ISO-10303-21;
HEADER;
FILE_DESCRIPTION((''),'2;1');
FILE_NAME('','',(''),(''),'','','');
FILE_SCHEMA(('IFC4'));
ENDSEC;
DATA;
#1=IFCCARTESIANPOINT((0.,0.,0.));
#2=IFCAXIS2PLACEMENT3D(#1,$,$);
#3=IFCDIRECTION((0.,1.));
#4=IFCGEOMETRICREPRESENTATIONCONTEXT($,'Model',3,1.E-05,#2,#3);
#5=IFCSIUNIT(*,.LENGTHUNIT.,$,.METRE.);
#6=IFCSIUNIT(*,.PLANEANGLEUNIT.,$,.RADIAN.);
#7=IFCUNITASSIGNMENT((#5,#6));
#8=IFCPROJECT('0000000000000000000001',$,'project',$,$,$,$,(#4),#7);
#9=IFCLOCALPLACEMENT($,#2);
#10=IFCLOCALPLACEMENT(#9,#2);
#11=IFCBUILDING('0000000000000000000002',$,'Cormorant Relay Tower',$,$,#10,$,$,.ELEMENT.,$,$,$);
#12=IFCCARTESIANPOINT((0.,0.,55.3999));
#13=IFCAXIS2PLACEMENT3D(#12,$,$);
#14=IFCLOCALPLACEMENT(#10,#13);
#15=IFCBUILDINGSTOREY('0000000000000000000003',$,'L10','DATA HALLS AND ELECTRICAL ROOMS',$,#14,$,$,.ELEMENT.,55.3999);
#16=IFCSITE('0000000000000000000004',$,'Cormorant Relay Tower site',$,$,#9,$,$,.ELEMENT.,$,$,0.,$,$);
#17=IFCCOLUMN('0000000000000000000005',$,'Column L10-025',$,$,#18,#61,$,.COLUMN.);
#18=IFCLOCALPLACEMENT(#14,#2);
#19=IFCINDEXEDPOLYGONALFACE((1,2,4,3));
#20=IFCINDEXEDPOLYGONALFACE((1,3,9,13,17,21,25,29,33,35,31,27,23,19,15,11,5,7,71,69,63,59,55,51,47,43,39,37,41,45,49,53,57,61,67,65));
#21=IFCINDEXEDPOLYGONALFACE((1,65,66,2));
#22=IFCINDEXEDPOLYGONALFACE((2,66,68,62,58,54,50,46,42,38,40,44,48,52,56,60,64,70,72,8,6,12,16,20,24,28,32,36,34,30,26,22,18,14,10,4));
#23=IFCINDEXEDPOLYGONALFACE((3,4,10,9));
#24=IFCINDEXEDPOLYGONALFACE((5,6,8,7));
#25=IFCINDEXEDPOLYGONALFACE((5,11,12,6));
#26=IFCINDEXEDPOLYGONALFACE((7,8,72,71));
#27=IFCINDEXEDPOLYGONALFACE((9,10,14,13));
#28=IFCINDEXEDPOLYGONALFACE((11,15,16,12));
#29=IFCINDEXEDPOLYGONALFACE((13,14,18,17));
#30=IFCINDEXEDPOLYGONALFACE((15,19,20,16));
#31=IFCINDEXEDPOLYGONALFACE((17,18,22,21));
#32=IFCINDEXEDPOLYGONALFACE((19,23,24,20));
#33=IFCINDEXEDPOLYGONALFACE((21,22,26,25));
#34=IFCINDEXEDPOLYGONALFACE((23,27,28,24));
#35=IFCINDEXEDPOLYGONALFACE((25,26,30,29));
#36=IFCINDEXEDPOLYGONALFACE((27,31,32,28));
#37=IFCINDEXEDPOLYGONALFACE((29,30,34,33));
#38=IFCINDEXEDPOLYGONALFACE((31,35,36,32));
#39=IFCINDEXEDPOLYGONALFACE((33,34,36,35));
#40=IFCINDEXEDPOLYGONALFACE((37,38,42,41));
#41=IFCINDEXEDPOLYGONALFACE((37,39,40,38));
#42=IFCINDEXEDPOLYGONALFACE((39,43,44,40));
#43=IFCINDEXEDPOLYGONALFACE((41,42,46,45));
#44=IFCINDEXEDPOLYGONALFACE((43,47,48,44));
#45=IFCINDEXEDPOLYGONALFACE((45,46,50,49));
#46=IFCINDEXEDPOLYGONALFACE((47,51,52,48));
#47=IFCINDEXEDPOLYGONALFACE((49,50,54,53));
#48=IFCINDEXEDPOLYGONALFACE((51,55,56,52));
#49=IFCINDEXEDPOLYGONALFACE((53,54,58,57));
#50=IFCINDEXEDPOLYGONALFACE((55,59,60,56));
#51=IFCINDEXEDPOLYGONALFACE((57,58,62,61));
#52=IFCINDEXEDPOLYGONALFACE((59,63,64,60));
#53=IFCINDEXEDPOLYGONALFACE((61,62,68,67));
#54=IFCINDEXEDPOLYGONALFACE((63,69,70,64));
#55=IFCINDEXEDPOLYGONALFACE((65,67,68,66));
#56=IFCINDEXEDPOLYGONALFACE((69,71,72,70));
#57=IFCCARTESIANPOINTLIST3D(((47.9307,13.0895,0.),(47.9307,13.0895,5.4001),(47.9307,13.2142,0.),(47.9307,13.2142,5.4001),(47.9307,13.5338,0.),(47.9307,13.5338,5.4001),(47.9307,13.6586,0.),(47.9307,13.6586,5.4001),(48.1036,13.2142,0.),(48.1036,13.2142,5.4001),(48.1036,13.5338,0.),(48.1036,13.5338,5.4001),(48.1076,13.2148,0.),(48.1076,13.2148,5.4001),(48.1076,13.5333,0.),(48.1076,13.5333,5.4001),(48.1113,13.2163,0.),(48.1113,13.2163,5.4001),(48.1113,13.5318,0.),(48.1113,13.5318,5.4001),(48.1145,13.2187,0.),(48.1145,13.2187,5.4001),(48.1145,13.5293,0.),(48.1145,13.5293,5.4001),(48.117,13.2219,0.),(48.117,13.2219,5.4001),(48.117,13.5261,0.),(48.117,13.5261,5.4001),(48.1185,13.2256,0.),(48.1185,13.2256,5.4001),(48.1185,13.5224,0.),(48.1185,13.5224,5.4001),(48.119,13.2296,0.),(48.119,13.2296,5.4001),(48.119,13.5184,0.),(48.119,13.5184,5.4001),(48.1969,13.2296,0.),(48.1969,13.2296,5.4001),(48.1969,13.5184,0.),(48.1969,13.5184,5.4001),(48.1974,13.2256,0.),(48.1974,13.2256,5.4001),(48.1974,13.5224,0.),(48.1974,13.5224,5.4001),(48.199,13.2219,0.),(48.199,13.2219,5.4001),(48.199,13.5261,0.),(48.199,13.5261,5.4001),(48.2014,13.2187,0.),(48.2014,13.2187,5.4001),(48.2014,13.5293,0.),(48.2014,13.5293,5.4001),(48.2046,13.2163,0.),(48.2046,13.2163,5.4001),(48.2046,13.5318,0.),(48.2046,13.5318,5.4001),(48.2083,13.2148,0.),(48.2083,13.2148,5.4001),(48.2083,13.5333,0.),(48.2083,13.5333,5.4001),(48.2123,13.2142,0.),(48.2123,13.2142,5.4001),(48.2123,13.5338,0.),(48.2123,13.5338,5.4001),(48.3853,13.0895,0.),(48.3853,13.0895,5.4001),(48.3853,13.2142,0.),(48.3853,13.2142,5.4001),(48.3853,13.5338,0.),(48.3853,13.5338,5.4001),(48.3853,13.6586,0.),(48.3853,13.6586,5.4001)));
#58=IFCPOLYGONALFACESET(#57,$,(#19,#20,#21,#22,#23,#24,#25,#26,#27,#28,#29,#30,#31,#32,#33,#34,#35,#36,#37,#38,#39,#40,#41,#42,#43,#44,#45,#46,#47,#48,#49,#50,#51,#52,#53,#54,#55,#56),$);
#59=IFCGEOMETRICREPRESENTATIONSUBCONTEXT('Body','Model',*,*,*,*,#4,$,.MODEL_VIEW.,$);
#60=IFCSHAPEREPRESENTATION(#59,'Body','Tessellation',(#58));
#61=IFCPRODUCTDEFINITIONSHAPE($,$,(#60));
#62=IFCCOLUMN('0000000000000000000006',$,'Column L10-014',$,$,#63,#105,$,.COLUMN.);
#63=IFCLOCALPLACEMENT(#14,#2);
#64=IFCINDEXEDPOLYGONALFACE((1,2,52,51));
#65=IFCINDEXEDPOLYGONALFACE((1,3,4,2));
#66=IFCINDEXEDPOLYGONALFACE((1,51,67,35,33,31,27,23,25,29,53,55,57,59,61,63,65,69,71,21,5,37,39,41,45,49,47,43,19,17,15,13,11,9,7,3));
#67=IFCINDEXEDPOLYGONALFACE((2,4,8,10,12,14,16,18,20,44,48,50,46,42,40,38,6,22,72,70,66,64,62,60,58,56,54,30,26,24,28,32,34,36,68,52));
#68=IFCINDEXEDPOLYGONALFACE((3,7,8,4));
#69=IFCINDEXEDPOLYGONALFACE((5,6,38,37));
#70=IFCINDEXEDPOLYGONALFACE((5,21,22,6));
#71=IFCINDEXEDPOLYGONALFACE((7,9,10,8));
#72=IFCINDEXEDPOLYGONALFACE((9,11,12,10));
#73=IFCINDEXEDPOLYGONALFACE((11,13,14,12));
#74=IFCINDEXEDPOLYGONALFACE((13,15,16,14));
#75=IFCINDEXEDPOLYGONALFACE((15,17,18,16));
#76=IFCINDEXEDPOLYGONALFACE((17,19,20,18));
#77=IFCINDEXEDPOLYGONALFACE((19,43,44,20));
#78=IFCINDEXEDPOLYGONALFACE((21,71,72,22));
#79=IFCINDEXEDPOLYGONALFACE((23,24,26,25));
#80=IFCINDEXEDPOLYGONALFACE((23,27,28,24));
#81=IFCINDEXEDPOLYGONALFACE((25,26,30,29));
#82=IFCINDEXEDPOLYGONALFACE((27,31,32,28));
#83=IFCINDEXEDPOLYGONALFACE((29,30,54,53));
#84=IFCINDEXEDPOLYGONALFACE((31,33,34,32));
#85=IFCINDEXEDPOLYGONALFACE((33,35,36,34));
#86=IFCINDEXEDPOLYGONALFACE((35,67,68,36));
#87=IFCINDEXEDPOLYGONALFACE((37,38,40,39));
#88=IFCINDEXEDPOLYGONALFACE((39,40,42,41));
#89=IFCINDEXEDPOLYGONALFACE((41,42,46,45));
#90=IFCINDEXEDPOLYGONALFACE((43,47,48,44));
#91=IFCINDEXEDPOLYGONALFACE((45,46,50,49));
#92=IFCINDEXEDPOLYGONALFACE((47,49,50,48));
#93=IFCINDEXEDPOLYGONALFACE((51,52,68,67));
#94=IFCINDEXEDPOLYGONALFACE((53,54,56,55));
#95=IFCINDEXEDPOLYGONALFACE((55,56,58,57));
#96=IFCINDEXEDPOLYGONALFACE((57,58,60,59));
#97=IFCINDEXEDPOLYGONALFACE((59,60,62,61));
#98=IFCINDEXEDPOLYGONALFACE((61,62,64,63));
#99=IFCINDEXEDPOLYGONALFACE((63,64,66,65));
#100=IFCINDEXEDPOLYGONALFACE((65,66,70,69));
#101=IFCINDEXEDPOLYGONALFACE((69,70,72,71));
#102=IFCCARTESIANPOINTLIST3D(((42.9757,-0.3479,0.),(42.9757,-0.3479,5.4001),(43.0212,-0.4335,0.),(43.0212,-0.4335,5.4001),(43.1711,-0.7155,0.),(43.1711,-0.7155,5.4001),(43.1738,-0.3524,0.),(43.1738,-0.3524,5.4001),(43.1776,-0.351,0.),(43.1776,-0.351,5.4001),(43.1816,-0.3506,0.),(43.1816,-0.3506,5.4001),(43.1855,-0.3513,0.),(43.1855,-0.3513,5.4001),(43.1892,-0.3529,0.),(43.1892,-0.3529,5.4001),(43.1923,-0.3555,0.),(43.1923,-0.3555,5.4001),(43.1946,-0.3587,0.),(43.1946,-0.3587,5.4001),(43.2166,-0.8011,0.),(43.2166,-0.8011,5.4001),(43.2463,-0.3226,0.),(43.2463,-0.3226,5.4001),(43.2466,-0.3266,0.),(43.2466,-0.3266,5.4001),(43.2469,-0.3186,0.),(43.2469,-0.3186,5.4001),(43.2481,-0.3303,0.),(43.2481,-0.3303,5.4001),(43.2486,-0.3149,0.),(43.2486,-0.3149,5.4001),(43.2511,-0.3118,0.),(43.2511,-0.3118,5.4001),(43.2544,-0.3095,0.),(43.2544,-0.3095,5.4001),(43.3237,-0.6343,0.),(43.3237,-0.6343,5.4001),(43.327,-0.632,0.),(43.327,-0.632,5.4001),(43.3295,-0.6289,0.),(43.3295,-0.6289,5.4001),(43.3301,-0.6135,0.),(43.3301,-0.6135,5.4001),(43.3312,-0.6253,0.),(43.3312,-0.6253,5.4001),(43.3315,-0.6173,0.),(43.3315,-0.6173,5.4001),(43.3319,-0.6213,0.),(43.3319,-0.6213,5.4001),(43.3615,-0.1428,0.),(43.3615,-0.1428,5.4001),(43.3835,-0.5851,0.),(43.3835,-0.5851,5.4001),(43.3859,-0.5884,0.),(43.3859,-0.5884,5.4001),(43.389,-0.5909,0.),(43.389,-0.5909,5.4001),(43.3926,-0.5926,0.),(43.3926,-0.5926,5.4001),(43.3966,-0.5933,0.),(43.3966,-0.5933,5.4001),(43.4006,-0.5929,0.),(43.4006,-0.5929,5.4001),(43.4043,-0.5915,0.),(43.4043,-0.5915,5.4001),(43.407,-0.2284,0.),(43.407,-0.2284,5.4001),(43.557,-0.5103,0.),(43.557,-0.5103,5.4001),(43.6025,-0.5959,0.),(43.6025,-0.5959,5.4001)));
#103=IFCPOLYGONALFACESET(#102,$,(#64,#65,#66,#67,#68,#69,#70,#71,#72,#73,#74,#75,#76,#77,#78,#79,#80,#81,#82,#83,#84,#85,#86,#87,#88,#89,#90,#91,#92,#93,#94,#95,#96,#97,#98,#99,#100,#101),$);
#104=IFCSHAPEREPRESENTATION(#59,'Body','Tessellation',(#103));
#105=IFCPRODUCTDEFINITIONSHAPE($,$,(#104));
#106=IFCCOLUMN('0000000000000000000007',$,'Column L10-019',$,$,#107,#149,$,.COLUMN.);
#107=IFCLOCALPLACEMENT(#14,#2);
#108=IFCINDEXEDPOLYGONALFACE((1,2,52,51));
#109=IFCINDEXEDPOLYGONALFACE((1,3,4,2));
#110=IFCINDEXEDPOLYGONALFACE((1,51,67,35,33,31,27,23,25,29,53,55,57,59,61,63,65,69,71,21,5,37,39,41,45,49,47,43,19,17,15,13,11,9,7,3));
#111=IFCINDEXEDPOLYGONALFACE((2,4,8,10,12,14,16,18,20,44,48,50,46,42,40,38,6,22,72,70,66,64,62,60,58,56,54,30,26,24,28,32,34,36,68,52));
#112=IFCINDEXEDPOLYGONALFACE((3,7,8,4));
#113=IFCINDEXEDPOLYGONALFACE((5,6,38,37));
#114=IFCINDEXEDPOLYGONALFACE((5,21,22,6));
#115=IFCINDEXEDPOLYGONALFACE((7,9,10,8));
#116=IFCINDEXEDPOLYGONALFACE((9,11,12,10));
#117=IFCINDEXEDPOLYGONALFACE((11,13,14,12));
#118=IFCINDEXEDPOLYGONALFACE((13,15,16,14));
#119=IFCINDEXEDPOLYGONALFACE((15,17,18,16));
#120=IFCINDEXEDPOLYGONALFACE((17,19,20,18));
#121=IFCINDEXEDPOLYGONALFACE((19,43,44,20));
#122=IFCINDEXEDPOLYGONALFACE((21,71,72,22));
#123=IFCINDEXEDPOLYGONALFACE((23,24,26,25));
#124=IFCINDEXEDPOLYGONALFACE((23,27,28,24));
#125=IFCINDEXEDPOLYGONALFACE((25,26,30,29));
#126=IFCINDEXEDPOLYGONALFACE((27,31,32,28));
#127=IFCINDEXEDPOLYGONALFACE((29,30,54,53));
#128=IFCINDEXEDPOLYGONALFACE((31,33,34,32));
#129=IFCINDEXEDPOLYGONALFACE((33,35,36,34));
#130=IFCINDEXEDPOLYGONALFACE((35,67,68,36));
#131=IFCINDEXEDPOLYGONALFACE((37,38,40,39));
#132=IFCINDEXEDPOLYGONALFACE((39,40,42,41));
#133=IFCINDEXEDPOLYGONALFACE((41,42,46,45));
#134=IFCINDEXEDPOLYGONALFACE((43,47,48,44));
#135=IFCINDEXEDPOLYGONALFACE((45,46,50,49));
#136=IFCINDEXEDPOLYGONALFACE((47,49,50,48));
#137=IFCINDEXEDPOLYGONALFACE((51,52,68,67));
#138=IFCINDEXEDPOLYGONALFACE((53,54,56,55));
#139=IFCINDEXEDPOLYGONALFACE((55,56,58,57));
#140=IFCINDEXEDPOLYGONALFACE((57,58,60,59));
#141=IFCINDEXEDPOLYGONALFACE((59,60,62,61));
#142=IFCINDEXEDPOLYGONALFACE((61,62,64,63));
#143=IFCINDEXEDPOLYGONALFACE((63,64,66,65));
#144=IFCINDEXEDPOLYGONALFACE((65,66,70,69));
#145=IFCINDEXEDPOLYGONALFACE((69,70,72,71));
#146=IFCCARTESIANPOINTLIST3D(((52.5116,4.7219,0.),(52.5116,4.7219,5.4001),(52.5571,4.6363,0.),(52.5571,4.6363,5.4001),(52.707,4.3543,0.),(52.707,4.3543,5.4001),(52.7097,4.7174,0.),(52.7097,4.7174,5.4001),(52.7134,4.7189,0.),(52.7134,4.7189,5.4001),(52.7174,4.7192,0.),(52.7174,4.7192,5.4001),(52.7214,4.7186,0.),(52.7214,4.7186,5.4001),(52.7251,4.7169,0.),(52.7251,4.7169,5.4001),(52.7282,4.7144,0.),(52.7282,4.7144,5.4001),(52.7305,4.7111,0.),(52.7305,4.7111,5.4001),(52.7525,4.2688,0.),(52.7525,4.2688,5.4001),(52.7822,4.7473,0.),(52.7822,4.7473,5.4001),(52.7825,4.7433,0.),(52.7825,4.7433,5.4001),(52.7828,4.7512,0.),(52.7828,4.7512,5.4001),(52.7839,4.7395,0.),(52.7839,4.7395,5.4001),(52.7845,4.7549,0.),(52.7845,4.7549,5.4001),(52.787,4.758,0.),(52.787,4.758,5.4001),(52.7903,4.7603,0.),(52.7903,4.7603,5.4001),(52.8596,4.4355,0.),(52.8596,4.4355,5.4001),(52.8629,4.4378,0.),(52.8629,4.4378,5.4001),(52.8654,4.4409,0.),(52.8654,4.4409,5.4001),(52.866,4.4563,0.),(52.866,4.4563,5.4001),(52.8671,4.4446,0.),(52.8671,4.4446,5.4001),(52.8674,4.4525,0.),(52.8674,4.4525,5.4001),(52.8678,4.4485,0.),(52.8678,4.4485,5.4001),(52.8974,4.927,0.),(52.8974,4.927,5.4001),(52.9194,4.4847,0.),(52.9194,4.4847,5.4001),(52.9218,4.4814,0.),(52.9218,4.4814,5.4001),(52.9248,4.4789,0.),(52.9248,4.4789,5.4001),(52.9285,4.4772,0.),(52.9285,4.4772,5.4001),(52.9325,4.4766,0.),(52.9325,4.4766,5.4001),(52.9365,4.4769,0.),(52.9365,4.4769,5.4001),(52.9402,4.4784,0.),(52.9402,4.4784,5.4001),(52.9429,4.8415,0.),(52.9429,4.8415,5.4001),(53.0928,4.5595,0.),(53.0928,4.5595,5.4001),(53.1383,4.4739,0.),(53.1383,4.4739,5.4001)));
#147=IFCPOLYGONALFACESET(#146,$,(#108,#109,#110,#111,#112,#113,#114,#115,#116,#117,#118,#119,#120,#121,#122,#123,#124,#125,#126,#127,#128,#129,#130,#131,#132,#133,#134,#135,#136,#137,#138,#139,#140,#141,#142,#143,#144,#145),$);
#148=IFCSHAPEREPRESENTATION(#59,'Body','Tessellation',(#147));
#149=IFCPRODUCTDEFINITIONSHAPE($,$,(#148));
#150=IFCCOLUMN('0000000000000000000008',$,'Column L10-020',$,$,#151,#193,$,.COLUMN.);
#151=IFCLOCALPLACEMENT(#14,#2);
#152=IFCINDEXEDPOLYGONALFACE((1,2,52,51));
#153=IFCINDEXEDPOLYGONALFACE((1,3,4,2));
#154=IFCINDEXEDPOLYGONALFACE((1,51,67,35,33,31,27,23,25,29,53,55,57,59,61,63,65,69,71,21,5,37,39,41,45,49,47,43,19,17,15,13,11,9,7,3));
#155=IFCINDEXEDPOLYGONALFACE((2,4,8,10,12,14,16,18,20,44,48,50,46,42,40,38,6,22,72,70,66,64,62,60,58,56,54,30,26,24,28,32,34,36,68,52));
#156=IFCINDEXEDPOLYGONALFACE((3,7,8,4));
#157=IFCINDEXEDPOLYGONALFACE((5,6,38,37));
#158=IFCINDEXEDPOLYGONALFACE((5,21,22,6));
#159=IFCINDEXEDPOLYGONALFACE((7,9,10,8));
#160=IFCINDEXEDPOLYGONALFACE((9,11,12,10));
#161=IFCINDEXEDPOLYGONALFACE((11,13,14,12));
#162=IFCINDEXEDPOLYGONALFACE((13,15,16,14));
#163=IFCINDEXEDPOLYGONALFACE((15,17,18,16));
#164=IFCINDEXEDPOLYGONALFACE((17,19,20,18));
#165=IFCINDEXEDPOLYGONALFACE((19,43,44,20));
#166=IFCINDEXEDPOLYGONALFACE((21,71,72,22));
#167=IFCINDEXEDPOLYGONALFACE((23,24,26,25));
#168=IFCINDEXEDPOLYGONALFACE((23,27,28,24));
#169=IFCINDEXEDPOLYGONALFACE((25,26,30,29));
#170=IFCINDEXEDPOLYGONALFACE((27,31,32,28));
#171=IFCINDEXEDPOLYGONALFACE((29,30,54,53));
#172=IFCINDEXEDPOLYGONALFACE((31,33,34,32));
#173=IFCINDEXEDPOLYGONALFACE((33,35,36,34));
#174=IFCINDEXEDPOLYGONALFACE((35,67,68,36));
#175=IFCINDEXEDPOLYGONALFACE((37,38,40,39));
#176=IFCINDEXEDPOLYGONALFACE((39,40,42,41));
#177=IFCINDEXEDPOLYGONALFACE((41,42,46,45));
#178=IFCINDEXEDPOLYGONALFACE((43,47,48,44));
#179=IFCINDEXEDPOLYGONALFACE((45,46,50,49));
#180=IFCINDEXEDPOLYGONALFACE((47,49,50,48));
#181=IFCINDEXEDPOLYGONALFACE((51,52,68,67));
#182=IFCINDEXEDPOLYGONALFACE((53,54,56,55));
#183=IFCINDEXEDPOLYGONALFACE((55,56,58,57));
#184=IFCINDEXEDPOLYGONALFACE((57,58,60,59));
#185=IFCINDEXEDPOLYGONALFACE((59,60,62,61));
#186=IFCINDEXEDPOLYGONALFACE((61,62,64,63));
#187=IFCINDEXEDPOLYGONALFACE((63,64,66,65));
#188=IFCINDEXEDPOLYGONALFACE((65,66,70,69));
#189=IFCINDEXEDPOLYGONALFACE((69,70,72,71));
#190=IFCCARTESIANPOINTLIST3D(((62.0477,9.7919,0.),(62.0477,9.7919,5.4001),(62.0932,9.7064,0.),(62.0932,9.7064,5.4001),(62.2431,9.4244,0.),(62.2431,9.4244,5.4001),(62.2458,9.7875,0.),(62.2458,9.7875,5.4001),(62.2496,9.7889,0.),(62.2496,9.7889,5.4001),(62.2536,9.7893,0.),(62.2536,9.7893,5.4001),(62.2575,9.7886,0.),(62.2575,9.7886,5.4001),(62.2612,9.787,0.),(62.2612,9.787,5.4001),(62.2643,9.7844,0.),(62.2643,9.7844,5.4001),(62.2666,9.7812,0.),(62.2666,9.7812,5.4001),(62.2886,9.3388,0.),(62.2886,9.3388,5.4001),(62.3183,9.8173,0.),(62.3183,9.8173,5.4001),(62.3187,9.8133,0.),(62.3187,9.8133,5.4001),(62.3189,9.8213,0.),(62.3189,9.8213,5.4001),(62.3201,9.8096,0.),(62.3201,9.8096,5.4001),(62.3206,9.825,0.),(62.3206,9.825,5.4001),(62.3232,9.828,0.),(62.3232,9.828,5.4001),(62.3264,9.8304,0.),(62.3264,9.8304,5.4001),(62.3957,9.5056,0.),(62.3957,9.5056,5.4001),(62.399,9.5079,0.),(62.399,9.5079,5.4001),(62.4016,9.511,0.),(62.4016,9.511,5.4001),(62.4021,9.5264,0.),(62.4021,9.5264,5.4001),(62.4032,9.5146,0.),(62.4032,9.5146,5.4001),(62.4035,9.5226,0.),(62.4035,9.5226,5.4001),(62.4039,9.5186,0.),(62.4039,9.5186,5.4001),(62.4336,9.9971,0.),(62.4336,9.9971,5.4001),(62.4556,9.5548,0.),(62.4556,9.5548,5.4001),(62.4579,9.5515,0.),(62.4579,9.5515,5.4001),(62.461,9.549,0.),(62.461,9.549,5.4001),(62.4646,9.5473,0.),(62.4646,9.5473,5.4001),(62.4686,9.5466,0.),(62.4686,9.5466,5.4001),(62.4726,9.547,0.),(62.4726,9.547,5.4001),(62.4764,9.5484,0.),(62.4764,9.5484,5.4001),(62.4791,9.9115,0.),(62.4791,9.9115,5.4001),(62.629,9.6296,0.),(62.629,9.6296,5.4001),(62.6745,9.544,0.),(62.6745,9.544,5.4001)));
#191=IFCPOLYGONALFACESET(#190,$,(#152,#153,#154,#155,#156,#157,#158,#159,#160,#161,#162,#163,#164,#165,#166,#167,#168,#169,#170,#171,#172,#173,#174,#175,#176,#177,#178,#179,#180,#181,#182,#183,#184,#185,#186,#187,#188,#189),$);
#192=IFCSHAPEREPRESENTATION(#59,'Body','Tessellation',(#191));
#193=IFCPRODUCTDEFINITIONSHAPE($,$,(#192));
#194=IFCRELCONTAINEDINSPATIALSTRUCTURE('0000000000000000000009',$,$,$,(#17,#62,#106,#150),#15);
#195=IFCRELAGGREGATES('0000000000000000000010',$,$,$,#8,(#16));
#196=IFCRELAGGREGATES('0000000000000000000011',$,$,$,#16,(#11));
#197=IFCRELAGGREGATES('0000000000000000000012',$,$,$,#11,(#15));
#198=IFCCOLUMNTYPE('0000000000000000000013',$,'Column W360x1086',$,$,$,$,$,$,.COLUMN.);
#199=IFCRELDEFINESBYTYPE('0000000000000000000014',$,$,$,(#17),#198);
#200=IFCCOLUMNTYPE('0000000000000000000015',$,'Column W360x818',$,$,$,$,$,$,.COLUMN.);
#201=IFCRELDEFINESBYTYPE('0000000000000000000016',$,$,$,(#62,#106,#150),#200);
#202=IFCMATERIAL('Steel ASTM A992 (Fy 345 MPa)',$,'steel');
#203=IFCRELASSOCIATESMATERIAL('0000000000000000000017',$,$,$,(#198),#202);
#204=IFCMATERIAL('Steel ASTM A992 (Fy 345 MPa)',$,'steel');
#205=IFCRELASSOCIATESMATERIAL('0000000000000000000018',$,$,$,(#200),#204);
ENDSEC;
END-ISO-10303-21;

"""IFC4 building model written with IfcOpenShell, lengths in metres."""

from ifc_helpers import new_model, si_unit, direction, frame, origin, origin_2d, place, context, subcontext, project, spatial, i_section, extrude, material, material_profile, profile_set, type_object, element, save


model = new_model("IFC4")

# Units and contexts
model_context = context("Model", 3, precision=1e-05, world=origin(), true_north=direction((0.0, 1.0)))
body_context = subcontext(model_context, "Body", "Model", "MODEL_VIEW")
ifc_project = project(units=[si_unit("LENGTHUNIT", "METRE"), si_unit("PLANEANGLEUNIT", "RADIAN")], contexts=[model_context])

# Site, building, storey
site_placement = place(None, origin())
site = spatial("IfcSite", under=ifc_project, at=site_placement, Name="Cormorant Relay Tower site", CompositionType="ELEMENT", RefElevation=0.0)
building_placement = place(site_placement, origin())
building = spatial("IfcBuilding", under=site, at=building_placement, Name="Cormorant Relay Tower", CompositionType="ELEMENT")
storey_placement = place(building_placement, frame((0.0, 0.0, 55.3999)))
storey = spatial("IfcBuildingStorey", under=building, at=storey_placement, Name="L10", Description="DATA HALLS AND ELECTRICAL ROOMS", CompositionType="ELEMENT", Elevation=55.3999)

# Columns
ifc_material_1 = material(Name="Steel ASTM A992 (Fy 345 MPa)", Category="steel")
ifc_material_profile_1 = material_profile(ifc_material_1, i_section(OverallWidth=0.4546, OverallDepth=0.5691, WebThickness=0.0779, FlangeThickness=0.1248, FilletRadius=0.0154, at=origin_2d()), Name="W360x1086")
ifc_profile_set_1 = profile_set([ifc_material_profile_1], Name="Steel ASTM A992 (Fy 345 MPa)")
column_type_1 = type_object("IfcColumnType", Name="Column W360x1086", PredefinedType="COLUMN", material=ifc_profile_set_1)
column_placement = place(storey_placement, frame((48.158, 13.374, 0.0), z_axis=(0.0, 0.0, 1.0), x_axis=(1.0, 0.0, 0.0)))
element("IfcColumn", 1, at=column_placement, inside=storey, type_object=column_type_1, Name="Column L10-025", PredefinedType="COLUMN", context=body_context, shape_type="SweptSolid", body=[
    extrude(i_section(OverallWidth=0.4546, OverallDepth=0.5691, WebThickness=0.0779, FlangeThickness=0.1248, FilletRadius=0.0154, at=origin_2d()), origin(), (0.0, 0.0, 1.0), 5.4001),
])
ifc_material_2 = material(Name="Steel ASTM A992 (Fy 345 MPa)", Category="steel")
ifc_material_profile_2 = material_profile(ifc_material_2, i_section(OverallWidth=0.437, OverallDepth=0.5132, WebThickness=0.0605, FlangeThickness=0.0969, FilletRadius=0.0154, at=origin_2d()), Name="W360x818")
ifc_profile_set_2 = profile_set([ifc_material_profile_2], Name="Steel ASTM A992 (Fy 345 MPa)")
column_type_2 = type_object("IfcColumnType", Name="Column W360x818", PredefinedType="COLUMN", material=ifc_profile_set_2)
for number, where, z_axis, x_axis, name in (
    (2, (43.2891, -0.4719, 0.0), (0.0, 0.0, 1.0), (0.882948, 0.469472, 0.0), "Column L10-014"),
    (3, (52.825, 4.5979, 0.0), (0.0, 0.0, 1.0), (0.882948, 0.469472, 0.0), "Column L10-019"),
    (4, (62.3611, 9.668, 0.0), (0.0, 0.0, 1.0), (0.882948, 0.469472, 0.0), "Column L10-020"),
):
    element("IfcColumn", number, at=place(storey_placement, frame(where, z_axis=z_axis, x_axis=x_axis)), inside=storey, type_object=column_type_2, Name=name, PredefinedType="COLUMN", context=body_context, shape_type="SweptSolid", body=[
        extrude(i_section(OverallWidth=0.437, OverallDepth=0.5132, WebThickness=0.0605, FlangeThickness=0.0969, FilletRadius=0.0154, at=origin_2d()), origin(), (0.0, 0.0, 1.0), 5.4001),
    ])

save(model, "model.ifc")
